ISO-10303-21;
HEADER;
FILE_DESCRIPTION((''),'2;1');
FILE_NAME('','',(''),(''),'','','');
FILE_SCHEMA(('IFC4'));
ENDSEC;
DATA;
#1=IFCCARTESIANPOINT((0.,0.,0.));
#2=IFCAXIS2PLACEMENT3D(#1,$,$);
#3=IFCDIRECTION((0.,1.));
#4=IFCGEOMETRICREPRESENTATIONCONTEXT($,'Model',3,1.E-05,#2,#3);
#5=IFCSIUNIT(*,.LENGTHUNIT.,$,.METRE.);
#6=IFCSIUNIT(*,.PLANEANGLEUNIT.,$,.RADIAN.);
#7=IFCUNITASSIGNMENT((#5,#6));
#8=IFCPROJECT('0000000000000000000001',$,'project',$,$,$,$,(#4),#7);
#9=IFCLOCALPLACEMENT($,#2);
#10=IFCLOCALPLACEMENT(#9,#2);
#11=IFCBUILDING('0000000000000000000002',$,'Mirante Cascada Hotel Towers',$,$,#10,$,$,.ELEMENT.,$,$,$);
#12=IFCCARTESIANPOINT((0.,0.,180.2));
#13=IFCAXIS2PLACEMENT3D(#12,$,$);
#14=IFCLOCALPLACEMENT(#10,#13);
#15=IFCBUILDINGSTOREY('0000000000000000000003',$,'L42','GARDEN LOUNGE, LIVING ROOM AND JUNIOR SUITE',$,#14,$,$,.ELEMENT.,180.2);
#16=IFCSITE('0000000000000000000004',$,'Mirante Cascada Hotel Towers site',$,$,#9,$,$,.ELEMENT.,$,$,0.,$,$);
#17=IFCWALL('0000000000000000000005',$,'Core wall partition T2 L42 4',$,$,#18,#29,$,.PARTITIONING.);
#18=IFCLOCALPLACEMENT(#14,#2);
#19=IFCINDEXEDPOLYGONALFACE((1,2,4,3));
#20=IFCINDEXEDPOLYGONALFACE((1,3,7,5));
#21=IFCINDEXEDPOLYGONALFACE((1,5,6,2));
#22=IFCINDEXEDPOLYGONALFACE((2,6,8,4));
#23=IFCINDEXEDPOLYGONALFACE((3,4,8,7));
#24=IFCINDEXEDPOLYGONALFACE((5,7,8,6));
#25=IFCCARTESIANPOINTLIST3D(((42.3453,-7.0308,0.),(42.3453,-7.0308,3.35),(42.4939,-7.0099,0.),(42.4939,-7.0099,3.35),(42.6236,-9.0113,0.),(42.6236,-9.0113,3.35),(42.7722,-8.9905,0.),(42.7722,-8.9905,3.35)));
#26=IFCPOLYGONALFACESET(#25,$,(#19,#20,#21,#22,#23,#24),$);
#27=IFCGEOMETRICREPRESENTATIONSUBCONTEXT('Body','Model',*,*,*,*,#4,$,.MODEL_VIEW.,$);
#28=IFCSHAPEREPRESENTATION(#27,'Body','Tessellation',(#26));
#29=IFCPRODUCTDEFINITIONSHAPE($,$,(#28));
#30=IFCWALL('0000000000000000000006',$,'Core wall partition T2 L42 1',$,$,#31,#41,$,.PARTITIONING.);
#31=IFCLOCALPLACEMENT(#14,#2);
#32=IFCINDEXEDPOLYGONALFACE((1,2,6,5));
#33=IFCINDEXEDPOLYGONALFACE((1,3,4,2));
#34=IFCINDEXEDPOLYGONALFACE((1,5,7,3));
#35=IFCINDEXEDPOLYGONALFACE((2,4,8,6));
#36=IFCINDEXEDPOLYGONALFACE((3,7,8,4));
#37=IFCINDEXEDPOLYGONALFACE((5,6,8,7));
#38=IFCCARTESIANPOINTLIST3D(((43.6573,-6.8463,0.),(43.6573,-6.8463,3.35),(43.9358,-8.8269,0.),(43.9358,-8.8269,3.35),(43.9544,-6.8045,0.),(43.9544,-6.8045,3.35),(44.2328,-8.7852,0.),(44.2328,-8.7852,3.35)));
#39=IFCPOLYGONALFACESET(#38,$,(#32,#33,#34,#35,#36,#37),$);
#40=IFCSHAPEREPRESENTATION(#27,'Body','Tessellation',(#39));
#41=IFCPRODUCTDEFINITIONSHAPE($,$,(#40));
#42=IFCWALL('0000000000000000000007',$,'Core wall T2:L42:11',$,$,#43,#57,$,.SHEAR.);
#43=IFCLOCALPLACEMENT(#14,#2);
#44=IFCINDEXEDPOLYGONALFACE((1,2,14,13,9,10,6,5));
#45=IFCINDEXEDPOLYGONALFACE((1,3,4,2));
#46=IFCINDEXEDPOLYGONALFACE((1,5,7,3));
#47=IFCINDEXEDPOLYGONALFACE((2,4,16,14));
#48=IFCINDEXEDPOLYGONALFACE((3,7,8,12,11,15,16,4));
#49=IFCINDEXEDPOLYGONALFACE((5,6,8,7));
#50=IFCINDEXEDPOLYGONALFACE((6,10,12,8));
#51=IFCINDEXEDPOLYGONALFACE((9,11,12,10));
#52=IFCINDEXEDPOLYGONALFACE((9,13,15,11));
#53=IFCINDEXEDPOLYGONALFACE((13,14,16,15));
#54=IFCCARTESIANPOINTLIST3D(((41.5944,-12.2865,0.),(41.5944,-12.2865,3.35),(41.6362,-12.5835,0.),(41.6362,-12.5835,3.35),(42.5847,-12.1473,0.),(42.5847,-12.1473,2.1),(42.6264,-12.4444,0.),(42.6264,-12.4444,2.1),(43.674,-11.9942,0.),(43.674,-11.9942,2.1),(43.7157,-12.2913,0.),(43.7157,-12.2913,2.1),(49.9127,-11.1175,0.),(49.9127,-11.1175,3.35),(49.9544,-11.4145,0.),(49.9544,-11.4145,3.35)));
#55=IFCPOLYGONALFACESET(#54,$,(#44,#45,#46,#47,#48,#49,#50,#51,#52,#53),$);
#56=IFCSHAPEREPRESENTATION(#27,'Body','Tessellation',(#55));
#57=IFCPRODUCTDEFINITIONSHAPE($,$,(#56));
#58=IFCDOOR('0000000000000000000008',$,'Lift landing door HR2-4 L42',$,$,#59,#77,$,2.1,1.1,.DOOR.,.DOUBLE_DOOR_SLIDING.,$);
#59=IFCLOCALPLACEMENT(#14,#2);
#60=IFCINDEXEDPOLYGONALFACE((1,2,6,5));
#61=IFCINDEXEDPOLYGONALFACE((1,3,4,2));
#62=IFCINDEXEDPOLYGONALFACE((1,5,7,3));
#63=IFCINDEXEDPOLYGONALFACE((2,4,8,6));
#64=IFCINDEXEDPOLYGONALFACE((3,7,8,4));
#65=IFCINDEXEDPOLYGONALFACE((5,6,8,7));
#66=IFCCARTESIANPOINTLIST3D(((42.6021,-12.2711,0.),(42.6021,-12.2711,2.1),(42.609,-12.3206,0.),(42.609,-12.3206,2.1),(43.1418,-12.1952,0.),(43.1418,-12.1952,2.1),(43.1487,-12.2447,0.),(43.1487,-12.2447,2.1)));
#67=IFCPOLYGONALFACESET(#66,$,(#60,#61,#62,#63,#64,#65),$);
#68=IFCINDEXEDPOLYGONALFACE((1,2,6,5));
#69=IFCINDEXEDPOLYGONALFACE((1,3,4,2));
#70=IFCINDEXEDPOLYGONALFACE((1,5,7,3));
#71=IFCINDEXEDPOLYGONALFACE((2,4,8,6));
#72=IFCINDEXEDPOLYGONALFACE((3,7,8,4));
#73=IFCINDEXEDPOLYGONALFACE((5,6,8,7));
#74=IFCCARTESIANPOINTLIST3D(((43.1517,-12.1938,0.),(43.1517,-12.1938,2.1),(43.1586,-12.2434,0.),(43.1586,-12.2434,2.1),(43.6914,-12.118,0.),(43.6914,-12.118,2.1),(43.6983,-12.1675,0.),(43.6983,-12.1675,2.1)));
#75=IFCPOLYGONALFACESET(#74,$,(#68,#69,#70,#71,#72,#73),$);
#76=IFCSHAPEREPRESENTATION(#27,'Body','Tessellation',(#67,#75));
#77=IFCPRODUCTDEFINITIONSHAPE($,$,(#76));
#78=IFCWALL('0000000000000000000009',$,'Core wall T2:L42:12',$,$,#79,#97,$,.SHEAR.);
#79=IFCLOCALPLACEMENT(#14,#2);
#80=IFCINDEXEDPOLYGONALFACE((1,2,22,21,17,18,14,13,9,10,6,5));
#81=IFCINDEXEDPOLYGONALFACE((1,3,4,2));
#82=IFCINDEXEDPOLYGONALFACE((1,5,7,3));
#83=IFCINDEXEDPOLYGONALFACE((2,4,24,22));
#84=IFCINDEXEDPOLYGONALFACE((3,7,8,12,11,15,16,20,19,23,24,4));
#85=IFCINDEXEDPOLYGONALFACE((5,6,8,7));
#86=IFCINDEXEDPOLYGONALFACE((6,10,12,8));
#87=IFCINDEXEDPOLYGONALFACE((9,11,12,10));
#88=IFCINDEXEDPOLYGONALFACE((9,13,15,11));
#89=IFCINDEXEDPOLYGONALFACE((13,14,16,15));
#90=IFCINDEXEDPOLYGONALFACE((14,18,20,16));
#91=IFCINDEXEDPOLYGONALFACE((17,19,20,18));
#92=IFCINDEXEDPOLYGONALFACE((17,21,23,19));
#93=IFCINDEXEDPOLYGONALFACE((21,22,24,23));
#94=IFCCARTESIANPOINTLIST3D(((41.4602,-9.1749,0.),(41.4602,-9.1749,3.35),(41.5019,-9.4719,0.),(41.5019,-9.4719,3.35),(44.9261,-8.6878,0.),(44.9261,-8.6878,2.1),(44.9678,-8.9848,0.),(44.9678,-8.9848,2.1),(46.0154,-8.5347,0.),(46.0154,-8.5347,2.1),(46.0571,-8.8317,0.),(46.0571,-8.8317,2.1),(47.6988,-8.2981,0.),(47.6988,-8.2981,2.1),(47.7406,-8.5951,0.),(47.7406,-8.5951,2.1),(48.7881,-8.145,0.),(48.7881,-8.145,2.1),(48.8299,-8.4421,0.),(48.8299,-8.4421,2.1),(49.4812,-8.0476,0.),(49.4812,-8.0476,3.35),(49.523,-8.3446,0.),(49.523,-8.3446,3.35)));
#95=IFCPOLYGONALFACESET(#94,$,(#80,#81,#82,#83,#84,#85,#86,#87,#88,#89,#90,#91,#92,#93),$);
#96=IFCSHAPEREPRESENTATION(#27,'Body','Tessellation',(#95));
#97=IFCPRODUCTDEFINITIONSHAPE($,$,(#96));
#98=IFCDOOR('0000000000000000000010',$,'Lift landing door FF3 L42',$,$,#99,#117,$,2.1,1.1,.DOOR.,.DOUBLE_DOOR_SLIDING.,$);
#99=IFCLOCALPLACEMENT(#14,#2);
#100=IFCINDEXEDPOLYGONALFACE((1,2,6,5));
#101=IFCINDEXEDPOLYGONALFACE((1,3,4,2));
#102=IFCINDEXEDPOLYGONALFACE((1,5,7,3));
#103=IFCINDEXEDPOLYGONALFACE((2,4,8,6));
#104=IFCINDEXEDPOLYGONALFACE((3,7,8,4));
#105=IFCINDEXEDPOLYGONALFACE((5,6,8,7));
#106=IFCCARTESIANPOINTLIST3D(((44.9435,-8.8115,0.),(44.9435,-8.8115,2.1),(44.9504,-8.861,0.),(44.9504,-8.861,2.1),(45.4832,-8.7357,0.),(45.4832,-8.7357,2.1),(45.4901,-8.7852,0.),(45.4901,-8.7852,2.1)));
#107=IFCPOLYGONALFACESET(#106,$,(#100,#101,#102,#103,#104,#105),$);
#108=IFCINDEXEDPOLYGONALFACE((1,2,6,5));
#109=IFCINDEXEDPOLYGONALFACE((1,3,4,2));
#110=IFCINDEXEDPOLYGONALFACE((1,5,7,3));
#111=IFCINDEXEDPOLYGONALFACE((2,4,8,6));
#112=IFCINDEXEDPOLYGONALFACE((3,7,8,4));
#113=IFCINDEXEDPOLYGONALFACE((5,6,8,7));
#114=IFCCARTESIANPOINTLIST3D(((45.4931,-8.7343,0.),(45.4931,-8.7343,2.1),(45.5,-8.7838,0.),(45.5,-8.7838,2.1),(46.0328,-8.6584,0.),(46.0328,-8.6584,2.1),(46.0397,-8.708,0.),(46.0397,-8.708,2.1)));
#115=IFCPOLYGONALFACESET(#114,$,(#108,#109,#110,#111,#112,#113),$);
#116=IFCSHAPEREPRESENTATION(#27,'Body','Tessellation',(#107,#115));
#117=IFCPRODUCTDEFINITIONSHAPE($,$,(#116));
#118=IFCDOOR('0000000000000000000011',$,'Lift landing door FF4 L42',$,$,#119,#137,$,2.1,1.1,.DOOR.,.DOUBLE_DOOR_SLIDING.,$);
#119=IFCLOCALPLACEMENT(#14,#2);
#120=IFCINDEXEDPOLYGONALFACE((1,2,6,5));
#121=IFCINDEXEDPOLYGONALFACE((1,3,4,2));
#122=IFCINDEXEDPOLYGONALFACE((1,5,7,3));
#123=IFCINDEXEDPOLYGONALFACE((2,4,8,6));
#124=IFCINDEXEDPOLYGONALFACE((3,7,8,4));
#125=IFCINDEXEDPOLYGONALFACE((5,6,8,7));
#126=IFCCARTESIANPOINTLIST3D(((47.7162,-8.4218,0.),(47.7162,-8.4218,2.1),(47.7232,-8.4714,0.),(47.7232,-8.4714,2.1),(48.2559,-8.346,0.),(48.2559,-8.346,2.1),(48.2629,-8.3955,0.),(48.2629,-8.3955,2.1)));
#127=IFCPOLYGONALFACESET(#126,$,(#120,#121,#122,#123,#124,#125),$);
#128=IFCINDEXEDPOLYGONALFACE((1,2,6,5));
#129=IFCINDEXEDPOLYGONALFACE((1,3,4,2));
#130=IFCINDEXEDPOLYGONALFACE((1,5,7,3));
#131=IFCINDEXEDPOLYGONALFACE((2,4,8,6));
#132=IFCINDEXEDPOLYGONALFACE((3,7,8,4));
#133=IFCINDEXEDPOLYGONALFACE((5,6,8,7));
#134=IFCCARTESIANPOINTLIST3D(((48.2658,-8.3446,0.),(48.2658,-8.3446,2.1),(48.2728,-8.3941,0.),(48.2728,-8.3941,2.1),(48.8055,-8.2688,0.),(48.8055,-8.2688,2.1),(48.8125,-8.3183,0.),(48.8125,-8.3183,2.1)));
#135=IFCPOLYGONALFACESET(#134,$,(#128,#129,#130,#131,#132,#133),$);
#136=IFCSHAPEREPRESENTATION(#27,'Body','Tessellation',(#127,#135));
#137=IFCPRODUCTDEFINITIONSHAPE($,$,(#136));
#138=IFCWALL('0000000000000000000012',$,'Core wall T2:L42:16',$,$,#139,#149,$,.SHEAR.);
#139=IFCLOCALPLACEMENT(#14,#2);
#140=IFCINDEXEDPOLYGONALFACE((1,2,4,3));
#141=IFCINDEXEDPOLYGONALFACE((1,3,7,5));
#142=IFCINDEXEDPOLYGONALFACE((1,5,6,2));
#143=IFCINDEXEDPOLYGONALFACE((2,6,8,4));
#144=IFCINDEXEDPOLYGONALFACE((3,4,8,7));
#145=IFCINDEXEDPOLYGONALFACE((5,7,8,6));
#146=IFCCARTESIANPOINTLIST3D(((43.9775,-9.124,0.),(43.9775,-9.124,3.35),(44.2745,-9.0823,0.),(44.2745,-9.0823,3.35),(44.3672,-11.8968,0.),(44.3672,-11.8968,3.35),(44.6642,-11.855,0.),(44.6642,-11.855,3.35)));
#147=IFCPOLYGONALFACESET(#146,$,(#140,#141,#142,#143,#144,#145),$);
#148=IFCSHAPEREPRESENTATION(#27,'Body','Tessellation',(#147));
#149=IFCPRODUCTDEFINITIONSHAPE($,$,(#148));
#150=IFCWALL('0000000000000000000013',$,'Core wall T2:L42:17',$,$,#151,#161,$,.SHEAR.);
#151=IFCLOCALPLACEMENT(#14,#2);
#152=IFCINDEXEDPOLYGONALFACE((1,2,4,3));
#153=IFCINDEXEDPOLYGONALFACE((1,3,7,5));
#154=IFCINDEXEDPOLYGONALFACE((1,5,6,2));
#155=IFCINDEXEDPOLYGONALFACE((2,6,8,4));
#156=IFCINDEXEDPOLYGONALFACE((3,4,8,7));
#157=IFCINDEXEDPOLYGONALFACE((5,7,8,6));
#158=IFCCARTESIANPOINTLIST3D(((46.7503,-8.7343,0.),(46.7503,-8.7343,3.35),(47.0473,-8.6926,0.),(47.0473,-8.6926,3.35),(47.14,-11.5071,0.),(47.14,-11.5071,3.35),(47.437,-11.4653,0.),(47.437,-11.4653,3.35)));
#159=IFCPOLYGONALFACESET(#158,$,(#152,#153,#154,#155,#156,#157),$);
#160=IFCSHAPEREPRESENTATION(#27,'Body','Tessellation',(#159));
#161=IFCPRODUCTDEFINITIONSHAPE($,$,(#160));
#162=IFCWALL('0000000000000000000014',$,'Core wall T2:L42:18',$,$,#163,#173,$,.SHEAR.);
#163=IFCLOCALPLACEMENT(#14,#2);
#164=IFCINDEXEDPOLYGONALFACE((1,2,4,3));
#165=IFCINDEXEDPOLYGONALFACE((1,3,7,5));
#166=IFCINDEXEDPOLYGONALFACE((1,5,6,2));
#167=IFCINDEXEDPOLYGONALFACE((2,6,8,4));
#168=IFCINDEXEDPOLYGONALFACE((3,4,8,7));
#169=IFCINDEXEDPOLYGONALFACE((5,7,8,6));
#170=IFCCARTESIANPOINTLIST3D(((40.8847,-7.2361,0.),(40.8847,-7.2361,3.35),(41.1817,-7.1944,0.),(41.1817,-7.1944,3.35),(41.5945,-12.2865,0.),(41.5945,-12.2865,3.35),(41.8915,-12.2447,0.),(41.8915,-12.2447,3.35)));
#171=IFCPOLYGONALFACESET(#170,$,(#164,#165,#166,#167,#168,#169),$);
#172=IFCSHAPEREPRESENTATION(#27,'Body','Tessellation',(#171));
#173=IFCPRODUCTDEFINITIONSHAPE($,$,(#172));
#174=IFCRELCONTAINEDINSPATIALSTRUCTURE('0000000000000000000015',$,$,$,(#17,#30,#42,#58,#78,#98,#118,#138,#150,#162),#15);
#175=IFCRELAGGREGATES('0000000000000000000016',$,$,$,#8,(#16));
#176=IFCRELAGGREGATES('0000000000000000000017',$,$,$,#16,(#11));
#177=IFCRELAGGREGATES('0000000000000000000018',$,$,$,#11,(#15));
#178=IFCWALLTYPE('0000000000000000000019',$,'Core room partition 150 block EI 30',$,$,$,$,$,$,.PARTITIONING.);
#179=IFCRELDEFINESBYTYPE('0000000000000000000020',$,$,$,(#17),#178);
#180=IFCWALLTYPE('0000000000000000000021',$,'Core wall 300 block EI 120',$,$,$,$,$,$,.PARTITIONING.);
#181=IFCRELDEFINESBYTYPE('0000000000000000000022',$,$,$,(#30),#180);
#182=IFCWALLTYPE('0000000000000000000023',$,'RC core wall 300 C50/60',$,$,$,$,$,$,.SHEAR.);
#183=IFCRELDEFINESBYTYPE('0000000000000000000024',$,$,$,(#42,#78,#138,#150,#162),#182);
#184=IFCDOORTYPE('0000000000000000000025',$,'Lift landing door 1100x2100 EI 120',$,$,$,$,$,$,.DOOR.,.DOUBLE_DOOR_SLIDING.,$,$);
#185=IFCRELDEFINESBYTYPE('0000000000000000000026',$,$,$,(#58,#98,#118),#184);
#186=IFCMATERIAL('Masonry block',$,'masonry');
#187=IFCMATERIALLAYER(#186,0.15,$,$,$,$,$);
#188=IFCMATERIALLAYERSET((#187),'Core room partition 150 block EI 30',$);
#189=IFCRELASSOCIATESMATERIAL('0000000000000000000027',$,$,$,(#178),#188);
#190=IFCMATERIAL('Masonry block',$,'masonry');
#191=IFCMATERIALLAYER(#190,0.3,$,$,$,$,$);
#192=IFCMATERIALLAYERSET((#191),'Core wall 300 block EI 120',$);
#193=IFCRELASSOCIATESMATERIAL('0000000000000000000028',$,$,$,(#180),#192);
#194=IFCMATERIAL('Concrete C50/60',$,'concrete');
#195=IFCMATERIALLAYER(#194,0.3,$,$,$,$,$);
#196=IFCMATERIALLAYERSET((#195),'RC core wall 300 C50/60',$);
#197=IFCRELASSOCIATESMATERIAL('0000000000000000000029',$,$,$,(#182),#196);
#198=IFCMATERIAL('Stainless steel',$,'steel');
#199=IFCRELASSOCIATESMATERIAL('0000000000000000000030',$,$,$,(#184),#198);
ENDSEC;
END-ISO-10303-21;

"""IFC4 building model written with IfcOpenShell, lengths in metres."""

from ifc_helpers import new_model, si_unit, direction, frame, frame_2d, origin, place, context, subcontext, project, spatial, rectangle, extrude, material, layer, layer_set, type_object, element, fill, save


model = new_model("IFC4")

# Units and contexts
model_context = context("Model", 3, precision=1e-05, world=origin(), true_north=direction((0.0, 1.0)))
body_context = subcontext(model_context, "Body", "Model", "MODEL_VIEW")
ifc_project = project(units=[si_unit("LENGTHUNIT", "METRE"), si_unit("PLANEANGLEUNIT", "RADIAN")], contexts=[model_context])

# Site, building, storey
site_placement = place(None, origin())
site = spatial("IfcSite", under=ifc_project, at=site_placement, Name="Mirante Cascada Hotel Towers site", CompositionType="ELEMENT", RefElevation=0.0)
building_placement = place(site_placement, origin())
building = spatial("IfcBuilding", under=site, at=building_placement, Name="Mirante Cascada Hotel Towers", CompositionType="ELEMENT")
storey_placement = place(building_placement, frame((0.0, 0.0, 180.2)))
storey = spatial("IfcBuildingStorey", under=building, at=storey_placement, Name="L42", Description="GARDEN LOUNGE, LIVING ROOM AND JUNIOR SUITE", CompositionType="ELEMENT", Elevation=180.2)

# Walls
ifc_material_1 = material(Name="Masonry block", Category="masonry")
ifc_layer_1 = layer(ifc_material_1, 0.15)
ifc_layer_set_1 = layer_set([ifc_layer_1], Name="Core room partition 150 block EI 30")
wall_type_1 = type_object("IfcWallType", Name="Core room partition 150 block EI 30", PredefinedType="PARTITIONING", material=ifc_layer_set_1)
wall_1_placement = place(storey_placement, frame((42.6979, -9.0009, 0.0), z_axis=(0.0, 0.0, 1.0), x_axis=(-0.139153, 0.990271, 0.0)))
element("IfcWall", 1, at=wall_1_placement, inside=storey, type_object=wall_type_1, Name="Core wall partition T2 L42 4", PredefinedType="PARTITIONING", context=body_context, shape_type="SweptSolid", body=[
    extrude(rectangle(XDim=2.0, YDim=0.15, at=frame_2d((1.0, 0.0))), origin(), (0.0, 0.0, 1.0), 3.35),
])
ifc_material_2 = material(Name="Masonry block", Category="masonry")
ifc_layer_2 = layer(ifc_material_2, 0.3)
ifc_layer_set_2 = layer_set([ifc_layer_2], Name="Core wall 300 block EI 120")
wall_type_2 = type_object("IfcWallType", Name="Core wall 300 block EI 120", PredefinedType="PARTITIONING", material=ifc_layer_set_2)
wall_2_placement = place(storey_placement, frame((44.0843, -8.8061, 0.0), z_axis=(0.0, 0.0, 1.0), x_axis=(-0.139195, 0.990265, 0.0)))
element("IfcWall", 2, at=wall_2_placement, inside=storey, type_object=wall_type_2, Name="Core wall partition T2 L42 1", PredefinedType="PARTITIONING", context=body_context, shape_type="SweptSolid", body=[
    extrude(rectangle(XDim=2.0001, YDim=0.3, at=frame_2d((1.0001, 0.0))), origin(), (0.0, 0.0, 1.0), 3.35),
])

# Wall, opening, door
ifc_material_3 = material(Name="Concrete C50/60", Category="concrete")
ifc_layer_3 = layer(ifc_material_3, 0.3)
ifc_layer_set_3 = layer_set([ifc_layer_3], Name="RC core wall 300 C50/60")
wall_type_3 = type_object("IfcWallType", Name="RC core wall 300 C50/60", PredefinedType="SHEAR", material=ifc_layer_set_3)
wall_3_placement = place(storey_placement, frame((41.6153, -12.435, 0.0), z_axis=(0.0, 0.0, 1.0), x_axis=(0.990269, 0.139166, 0.0)))
wall_3 = element("IfcWall", 3, at=wall_3_placement, inside=storey, type_object=wall_type_3, Name="Core wall T2:L42:11", PredefinedType="SHEAR", context=body_context, shape_type="SweptSolid", body=[
    extrude(rectangle(XDim=8.4, YDim=0.3, at=frame_2d((4.2, 0.0))), origin(), (0.0, 0.0, 1.0), 3.35),
])
opening_1_placement = place(wall_3_placement, frame((1.0, 0.0, 0.0)))
opening_1 = element("IfcOpeningElement", 4, at=opening_1_placement, cuts=wall_3, PredefinedType="OPENING", context=body_context, shape_type="SweptSolid", body=[
    extrude(rectangle(XDim=1.1, YDim=2.1, at=frame_2d((0.55, 1.05))), frame((0.0, 0.15, 0.0), z_axis=(0.0, -1.0, 0.0), x_axis=(1.0, 0.0, 0.0)), (0.0, 0.0, 1.0), 0.3),
])
ifc_material_4 = material(Name="Stainless steel", Category="steel")
door_type = type_object("IfcDoorType", Name="Lift landing door 1100x2100 EI 120", OperationType="DOUBLE_DOOR_SLIDING", PredefinedType="DOOR", material=ifc_material_4)
door_1_placement = place(opening_1_placement, origin())
door_1 = element("IfcDoor", 5, at=door_1_placement, inside=storey, type_object=door_type, Name="Lift landing door HR2-4 L42", OperationType="DOUBLE_DOOR_SLIDING", OverallHeight=2.1, OverallWidth=1.1, PredefinedType="DOOR", context=body_context, shape_type="SweptSolid", body=[
    extrude(rectangle(XDim=0.545, YDim=2.1, at=frame_2d((0.2725, 1.05))), frame((0.0, 0.025, 0.0), z_axis=(0.0, -1.0, 0.0), x_axis=(1.0, 0.0, 0.0)), (0.0, 0.0, 1.0), 0.05),
    extrude(rectangle(XDim=0.545, YDim=2.1, at=frame_2d((0.8275, 1.05))), frame((0.0, 0.025, 0.0), z_axis=(0.0, -1.0, 0.0), x_axis=(1.0, 0.0, 0.0)), (0.0, 0.0, 1.0), 0.05),
])
fill(opening_1, door_1)

# Wall, openings, doors
wall_4_placement = place(storey_placement, frame((41.481, -9.3234, 0.0), z_axis=(0.0, 0.0, 1.0), x_axis=(0.990268, 0.139174, 0.0)))
wall_4 = element("IfcWall", 6, at=wall_4_placement, inside=storey, type_object=wall_type_3, Name="Core wall T2:L42:12", PredefinedType="SHEAR", context=body_context, shape_type="SweptSolid", body=[
    extrude(rectangle(XDim=8.0999, YDim=0.3, at=frame_2d((4.05, 0.0))), origin(), (0.0, 0.0, 1.0), 3.35),
])
opening_2_placement = place(wall_4_placement, frame((3.5, 0.0, 0.0)))
opening_2 = element("IfcOpeningElement", 7, at=opening_2_placement, cuts=wall_4, PredefinedType="OPENING", context=body_context, shape_type="SweptSolid", body=[
    extrude(rectangle(XDim=1.1, YDim=2.1, at=frame_2d((0.55, 1.05))), frame((0.0, 0.15, 0.0), z_axis=(0.0, -1.0, 0.0), x_axis=(1.0, 0.0, 0.0)), (0.0, 0.0, 1.0), 0.3),
])
opening_3_placement = place(wall_4_placement, frame((6.3, 0.0, 0.0)))
opening_3 = element("IfcOpeningElement", 8, at=opening_3_placement, cuts=wall_4, PredefinedType="OPENING", context=body_context, shape_type="SweptSolid", body=[
    extrude(rectangle(XDim=1.1, YDim=2.1, at=frame_2d((0.55, 1.05))), frame((0.0, 0.15, 0.0), z_axis=(0.0, -1.0, 0.0), x_axis=(1.0, 0.0, 0.0)), (0.0, 0.0, 1.0), 0.3),
])
door_2_placement = place(opening_2_placement, origin())
door_2 = element("IfcDoor", 9, at=door_2_placement, inside=storey, type_object=door_type, Name="Lift landing door FF3 L42", OperationType="DOUBLE_DOOR_SLIDING", OverallHeight=2.1, OverallWidth=1.1, PredefinedType="DOOR", context=body_context, shape_type="SweptSolid", body=[
    extrude(rectangle(XDim=0.545, YDim=2.1, at=frame_2d((0.2725, 1.05))), frame((0.0, 0.025, 0.0), z_axis=(0.0, -1.0, 0.0), x_axis=(1.0, 0.0, 0.0)), (0.0, 0.0, 1.0), 0.05),
    extrude(rectangle(XDim=0.545, YDim=2.1, at=frame_2d((0.8275, 1.05))), frame((0.0, 0.025, 0.0), z_axis=(0.0, -1.0, 0.0), x_axis=(1.0, 0.0, 0.0)), (0.0, 0.0, 1.0), 0.05),
])
fill(opening_2, door_2)
door_3_placement = place(opening_3_placement, origin())
door_3 = element("IfcDoor", 10, at=door_3_placement, inside=storey, type_object=door_type, Name="Lift landing door FF4 L42", OperationType="DOUBLE_DOOR_SLIDING", OverallHeight=2.1, OverallWidth=1.1, PredefinedType="DOOR", context=body_context, shape_type="SweptSolid", body=[
    extrude(rectangle(XDim=0.545, YDim=2.1, at=frame_2d((0.2725, 1.05))), frame((0.0, 0.025, 0.0), z_axis=(0.0, -1.0, 0.0), x_axis=(1.0, 0.0, 0.0)), (0.0, 0.0, 1.0), 0.05),
    extrude(rectangle(XDim=0.545, YDim=2.1, at=frame_2d((0.8275, 1.05))), frame((0.0, 0.025, 0.0), z_axis=(0.0, -1.0, 0.0), x_axis=(1.0, 0.0, 0.0)), (0.0, 0.0, 1.0), 0.05),
])
fill(opening_3, door_3)

# Walls
for number, where, z_axis, x_axis, name in (
    (11, (44.5157, -11.8759, 0.0), (0.0, 0.0, 1.0), (-0.139181, 0.990267, 0.0), "Core wall T2:L42:16"),
    (12, (47.2885, -11.4862, 0.0), (0.0, 0.0, 1.0), (-0.139181, 0.990267, 0.0), "Core wall T2:L42:17"),
):
    element("IfcWall", number, at=place(storey_placement, frame(where, z_axis=z_axis, x_axis=x_axis)), inside=storey, type_object=wall_type_3, Name=name, PredefinedType="SHEAR", context=body_context, shape_type="SweptSolid", body=[
        extrude(rectangle(XDim=2.8, YDim=0.3, at=frame_2d((1.4, 0.0))), origin(), (0.0, 0.0, 1.0), 3.35),
    ])
wall_5_placement = place(storey_placement, frame((41.743, -12.2656, 0.0), z_axis=(0.0, 0.0, 1.0), x_axis=(-0.139176, 0.990268, 0.0)))
element("IfcWall", 13, at=wall_5_placement, inside=storey, type_object=wall_type_3, Name="Core wall T2:L42:18", PredefinedType="SHEAR", context=body_context, shape_type="SweptSolid", body=[
    extrude(rectangle(XDim=5.1, YDim=0.3, at=frame_2d((2.55, 0.0))), origin(), (0.0, 0.0, 1.0), 3.35),
])

save(model, "model.ifc")
